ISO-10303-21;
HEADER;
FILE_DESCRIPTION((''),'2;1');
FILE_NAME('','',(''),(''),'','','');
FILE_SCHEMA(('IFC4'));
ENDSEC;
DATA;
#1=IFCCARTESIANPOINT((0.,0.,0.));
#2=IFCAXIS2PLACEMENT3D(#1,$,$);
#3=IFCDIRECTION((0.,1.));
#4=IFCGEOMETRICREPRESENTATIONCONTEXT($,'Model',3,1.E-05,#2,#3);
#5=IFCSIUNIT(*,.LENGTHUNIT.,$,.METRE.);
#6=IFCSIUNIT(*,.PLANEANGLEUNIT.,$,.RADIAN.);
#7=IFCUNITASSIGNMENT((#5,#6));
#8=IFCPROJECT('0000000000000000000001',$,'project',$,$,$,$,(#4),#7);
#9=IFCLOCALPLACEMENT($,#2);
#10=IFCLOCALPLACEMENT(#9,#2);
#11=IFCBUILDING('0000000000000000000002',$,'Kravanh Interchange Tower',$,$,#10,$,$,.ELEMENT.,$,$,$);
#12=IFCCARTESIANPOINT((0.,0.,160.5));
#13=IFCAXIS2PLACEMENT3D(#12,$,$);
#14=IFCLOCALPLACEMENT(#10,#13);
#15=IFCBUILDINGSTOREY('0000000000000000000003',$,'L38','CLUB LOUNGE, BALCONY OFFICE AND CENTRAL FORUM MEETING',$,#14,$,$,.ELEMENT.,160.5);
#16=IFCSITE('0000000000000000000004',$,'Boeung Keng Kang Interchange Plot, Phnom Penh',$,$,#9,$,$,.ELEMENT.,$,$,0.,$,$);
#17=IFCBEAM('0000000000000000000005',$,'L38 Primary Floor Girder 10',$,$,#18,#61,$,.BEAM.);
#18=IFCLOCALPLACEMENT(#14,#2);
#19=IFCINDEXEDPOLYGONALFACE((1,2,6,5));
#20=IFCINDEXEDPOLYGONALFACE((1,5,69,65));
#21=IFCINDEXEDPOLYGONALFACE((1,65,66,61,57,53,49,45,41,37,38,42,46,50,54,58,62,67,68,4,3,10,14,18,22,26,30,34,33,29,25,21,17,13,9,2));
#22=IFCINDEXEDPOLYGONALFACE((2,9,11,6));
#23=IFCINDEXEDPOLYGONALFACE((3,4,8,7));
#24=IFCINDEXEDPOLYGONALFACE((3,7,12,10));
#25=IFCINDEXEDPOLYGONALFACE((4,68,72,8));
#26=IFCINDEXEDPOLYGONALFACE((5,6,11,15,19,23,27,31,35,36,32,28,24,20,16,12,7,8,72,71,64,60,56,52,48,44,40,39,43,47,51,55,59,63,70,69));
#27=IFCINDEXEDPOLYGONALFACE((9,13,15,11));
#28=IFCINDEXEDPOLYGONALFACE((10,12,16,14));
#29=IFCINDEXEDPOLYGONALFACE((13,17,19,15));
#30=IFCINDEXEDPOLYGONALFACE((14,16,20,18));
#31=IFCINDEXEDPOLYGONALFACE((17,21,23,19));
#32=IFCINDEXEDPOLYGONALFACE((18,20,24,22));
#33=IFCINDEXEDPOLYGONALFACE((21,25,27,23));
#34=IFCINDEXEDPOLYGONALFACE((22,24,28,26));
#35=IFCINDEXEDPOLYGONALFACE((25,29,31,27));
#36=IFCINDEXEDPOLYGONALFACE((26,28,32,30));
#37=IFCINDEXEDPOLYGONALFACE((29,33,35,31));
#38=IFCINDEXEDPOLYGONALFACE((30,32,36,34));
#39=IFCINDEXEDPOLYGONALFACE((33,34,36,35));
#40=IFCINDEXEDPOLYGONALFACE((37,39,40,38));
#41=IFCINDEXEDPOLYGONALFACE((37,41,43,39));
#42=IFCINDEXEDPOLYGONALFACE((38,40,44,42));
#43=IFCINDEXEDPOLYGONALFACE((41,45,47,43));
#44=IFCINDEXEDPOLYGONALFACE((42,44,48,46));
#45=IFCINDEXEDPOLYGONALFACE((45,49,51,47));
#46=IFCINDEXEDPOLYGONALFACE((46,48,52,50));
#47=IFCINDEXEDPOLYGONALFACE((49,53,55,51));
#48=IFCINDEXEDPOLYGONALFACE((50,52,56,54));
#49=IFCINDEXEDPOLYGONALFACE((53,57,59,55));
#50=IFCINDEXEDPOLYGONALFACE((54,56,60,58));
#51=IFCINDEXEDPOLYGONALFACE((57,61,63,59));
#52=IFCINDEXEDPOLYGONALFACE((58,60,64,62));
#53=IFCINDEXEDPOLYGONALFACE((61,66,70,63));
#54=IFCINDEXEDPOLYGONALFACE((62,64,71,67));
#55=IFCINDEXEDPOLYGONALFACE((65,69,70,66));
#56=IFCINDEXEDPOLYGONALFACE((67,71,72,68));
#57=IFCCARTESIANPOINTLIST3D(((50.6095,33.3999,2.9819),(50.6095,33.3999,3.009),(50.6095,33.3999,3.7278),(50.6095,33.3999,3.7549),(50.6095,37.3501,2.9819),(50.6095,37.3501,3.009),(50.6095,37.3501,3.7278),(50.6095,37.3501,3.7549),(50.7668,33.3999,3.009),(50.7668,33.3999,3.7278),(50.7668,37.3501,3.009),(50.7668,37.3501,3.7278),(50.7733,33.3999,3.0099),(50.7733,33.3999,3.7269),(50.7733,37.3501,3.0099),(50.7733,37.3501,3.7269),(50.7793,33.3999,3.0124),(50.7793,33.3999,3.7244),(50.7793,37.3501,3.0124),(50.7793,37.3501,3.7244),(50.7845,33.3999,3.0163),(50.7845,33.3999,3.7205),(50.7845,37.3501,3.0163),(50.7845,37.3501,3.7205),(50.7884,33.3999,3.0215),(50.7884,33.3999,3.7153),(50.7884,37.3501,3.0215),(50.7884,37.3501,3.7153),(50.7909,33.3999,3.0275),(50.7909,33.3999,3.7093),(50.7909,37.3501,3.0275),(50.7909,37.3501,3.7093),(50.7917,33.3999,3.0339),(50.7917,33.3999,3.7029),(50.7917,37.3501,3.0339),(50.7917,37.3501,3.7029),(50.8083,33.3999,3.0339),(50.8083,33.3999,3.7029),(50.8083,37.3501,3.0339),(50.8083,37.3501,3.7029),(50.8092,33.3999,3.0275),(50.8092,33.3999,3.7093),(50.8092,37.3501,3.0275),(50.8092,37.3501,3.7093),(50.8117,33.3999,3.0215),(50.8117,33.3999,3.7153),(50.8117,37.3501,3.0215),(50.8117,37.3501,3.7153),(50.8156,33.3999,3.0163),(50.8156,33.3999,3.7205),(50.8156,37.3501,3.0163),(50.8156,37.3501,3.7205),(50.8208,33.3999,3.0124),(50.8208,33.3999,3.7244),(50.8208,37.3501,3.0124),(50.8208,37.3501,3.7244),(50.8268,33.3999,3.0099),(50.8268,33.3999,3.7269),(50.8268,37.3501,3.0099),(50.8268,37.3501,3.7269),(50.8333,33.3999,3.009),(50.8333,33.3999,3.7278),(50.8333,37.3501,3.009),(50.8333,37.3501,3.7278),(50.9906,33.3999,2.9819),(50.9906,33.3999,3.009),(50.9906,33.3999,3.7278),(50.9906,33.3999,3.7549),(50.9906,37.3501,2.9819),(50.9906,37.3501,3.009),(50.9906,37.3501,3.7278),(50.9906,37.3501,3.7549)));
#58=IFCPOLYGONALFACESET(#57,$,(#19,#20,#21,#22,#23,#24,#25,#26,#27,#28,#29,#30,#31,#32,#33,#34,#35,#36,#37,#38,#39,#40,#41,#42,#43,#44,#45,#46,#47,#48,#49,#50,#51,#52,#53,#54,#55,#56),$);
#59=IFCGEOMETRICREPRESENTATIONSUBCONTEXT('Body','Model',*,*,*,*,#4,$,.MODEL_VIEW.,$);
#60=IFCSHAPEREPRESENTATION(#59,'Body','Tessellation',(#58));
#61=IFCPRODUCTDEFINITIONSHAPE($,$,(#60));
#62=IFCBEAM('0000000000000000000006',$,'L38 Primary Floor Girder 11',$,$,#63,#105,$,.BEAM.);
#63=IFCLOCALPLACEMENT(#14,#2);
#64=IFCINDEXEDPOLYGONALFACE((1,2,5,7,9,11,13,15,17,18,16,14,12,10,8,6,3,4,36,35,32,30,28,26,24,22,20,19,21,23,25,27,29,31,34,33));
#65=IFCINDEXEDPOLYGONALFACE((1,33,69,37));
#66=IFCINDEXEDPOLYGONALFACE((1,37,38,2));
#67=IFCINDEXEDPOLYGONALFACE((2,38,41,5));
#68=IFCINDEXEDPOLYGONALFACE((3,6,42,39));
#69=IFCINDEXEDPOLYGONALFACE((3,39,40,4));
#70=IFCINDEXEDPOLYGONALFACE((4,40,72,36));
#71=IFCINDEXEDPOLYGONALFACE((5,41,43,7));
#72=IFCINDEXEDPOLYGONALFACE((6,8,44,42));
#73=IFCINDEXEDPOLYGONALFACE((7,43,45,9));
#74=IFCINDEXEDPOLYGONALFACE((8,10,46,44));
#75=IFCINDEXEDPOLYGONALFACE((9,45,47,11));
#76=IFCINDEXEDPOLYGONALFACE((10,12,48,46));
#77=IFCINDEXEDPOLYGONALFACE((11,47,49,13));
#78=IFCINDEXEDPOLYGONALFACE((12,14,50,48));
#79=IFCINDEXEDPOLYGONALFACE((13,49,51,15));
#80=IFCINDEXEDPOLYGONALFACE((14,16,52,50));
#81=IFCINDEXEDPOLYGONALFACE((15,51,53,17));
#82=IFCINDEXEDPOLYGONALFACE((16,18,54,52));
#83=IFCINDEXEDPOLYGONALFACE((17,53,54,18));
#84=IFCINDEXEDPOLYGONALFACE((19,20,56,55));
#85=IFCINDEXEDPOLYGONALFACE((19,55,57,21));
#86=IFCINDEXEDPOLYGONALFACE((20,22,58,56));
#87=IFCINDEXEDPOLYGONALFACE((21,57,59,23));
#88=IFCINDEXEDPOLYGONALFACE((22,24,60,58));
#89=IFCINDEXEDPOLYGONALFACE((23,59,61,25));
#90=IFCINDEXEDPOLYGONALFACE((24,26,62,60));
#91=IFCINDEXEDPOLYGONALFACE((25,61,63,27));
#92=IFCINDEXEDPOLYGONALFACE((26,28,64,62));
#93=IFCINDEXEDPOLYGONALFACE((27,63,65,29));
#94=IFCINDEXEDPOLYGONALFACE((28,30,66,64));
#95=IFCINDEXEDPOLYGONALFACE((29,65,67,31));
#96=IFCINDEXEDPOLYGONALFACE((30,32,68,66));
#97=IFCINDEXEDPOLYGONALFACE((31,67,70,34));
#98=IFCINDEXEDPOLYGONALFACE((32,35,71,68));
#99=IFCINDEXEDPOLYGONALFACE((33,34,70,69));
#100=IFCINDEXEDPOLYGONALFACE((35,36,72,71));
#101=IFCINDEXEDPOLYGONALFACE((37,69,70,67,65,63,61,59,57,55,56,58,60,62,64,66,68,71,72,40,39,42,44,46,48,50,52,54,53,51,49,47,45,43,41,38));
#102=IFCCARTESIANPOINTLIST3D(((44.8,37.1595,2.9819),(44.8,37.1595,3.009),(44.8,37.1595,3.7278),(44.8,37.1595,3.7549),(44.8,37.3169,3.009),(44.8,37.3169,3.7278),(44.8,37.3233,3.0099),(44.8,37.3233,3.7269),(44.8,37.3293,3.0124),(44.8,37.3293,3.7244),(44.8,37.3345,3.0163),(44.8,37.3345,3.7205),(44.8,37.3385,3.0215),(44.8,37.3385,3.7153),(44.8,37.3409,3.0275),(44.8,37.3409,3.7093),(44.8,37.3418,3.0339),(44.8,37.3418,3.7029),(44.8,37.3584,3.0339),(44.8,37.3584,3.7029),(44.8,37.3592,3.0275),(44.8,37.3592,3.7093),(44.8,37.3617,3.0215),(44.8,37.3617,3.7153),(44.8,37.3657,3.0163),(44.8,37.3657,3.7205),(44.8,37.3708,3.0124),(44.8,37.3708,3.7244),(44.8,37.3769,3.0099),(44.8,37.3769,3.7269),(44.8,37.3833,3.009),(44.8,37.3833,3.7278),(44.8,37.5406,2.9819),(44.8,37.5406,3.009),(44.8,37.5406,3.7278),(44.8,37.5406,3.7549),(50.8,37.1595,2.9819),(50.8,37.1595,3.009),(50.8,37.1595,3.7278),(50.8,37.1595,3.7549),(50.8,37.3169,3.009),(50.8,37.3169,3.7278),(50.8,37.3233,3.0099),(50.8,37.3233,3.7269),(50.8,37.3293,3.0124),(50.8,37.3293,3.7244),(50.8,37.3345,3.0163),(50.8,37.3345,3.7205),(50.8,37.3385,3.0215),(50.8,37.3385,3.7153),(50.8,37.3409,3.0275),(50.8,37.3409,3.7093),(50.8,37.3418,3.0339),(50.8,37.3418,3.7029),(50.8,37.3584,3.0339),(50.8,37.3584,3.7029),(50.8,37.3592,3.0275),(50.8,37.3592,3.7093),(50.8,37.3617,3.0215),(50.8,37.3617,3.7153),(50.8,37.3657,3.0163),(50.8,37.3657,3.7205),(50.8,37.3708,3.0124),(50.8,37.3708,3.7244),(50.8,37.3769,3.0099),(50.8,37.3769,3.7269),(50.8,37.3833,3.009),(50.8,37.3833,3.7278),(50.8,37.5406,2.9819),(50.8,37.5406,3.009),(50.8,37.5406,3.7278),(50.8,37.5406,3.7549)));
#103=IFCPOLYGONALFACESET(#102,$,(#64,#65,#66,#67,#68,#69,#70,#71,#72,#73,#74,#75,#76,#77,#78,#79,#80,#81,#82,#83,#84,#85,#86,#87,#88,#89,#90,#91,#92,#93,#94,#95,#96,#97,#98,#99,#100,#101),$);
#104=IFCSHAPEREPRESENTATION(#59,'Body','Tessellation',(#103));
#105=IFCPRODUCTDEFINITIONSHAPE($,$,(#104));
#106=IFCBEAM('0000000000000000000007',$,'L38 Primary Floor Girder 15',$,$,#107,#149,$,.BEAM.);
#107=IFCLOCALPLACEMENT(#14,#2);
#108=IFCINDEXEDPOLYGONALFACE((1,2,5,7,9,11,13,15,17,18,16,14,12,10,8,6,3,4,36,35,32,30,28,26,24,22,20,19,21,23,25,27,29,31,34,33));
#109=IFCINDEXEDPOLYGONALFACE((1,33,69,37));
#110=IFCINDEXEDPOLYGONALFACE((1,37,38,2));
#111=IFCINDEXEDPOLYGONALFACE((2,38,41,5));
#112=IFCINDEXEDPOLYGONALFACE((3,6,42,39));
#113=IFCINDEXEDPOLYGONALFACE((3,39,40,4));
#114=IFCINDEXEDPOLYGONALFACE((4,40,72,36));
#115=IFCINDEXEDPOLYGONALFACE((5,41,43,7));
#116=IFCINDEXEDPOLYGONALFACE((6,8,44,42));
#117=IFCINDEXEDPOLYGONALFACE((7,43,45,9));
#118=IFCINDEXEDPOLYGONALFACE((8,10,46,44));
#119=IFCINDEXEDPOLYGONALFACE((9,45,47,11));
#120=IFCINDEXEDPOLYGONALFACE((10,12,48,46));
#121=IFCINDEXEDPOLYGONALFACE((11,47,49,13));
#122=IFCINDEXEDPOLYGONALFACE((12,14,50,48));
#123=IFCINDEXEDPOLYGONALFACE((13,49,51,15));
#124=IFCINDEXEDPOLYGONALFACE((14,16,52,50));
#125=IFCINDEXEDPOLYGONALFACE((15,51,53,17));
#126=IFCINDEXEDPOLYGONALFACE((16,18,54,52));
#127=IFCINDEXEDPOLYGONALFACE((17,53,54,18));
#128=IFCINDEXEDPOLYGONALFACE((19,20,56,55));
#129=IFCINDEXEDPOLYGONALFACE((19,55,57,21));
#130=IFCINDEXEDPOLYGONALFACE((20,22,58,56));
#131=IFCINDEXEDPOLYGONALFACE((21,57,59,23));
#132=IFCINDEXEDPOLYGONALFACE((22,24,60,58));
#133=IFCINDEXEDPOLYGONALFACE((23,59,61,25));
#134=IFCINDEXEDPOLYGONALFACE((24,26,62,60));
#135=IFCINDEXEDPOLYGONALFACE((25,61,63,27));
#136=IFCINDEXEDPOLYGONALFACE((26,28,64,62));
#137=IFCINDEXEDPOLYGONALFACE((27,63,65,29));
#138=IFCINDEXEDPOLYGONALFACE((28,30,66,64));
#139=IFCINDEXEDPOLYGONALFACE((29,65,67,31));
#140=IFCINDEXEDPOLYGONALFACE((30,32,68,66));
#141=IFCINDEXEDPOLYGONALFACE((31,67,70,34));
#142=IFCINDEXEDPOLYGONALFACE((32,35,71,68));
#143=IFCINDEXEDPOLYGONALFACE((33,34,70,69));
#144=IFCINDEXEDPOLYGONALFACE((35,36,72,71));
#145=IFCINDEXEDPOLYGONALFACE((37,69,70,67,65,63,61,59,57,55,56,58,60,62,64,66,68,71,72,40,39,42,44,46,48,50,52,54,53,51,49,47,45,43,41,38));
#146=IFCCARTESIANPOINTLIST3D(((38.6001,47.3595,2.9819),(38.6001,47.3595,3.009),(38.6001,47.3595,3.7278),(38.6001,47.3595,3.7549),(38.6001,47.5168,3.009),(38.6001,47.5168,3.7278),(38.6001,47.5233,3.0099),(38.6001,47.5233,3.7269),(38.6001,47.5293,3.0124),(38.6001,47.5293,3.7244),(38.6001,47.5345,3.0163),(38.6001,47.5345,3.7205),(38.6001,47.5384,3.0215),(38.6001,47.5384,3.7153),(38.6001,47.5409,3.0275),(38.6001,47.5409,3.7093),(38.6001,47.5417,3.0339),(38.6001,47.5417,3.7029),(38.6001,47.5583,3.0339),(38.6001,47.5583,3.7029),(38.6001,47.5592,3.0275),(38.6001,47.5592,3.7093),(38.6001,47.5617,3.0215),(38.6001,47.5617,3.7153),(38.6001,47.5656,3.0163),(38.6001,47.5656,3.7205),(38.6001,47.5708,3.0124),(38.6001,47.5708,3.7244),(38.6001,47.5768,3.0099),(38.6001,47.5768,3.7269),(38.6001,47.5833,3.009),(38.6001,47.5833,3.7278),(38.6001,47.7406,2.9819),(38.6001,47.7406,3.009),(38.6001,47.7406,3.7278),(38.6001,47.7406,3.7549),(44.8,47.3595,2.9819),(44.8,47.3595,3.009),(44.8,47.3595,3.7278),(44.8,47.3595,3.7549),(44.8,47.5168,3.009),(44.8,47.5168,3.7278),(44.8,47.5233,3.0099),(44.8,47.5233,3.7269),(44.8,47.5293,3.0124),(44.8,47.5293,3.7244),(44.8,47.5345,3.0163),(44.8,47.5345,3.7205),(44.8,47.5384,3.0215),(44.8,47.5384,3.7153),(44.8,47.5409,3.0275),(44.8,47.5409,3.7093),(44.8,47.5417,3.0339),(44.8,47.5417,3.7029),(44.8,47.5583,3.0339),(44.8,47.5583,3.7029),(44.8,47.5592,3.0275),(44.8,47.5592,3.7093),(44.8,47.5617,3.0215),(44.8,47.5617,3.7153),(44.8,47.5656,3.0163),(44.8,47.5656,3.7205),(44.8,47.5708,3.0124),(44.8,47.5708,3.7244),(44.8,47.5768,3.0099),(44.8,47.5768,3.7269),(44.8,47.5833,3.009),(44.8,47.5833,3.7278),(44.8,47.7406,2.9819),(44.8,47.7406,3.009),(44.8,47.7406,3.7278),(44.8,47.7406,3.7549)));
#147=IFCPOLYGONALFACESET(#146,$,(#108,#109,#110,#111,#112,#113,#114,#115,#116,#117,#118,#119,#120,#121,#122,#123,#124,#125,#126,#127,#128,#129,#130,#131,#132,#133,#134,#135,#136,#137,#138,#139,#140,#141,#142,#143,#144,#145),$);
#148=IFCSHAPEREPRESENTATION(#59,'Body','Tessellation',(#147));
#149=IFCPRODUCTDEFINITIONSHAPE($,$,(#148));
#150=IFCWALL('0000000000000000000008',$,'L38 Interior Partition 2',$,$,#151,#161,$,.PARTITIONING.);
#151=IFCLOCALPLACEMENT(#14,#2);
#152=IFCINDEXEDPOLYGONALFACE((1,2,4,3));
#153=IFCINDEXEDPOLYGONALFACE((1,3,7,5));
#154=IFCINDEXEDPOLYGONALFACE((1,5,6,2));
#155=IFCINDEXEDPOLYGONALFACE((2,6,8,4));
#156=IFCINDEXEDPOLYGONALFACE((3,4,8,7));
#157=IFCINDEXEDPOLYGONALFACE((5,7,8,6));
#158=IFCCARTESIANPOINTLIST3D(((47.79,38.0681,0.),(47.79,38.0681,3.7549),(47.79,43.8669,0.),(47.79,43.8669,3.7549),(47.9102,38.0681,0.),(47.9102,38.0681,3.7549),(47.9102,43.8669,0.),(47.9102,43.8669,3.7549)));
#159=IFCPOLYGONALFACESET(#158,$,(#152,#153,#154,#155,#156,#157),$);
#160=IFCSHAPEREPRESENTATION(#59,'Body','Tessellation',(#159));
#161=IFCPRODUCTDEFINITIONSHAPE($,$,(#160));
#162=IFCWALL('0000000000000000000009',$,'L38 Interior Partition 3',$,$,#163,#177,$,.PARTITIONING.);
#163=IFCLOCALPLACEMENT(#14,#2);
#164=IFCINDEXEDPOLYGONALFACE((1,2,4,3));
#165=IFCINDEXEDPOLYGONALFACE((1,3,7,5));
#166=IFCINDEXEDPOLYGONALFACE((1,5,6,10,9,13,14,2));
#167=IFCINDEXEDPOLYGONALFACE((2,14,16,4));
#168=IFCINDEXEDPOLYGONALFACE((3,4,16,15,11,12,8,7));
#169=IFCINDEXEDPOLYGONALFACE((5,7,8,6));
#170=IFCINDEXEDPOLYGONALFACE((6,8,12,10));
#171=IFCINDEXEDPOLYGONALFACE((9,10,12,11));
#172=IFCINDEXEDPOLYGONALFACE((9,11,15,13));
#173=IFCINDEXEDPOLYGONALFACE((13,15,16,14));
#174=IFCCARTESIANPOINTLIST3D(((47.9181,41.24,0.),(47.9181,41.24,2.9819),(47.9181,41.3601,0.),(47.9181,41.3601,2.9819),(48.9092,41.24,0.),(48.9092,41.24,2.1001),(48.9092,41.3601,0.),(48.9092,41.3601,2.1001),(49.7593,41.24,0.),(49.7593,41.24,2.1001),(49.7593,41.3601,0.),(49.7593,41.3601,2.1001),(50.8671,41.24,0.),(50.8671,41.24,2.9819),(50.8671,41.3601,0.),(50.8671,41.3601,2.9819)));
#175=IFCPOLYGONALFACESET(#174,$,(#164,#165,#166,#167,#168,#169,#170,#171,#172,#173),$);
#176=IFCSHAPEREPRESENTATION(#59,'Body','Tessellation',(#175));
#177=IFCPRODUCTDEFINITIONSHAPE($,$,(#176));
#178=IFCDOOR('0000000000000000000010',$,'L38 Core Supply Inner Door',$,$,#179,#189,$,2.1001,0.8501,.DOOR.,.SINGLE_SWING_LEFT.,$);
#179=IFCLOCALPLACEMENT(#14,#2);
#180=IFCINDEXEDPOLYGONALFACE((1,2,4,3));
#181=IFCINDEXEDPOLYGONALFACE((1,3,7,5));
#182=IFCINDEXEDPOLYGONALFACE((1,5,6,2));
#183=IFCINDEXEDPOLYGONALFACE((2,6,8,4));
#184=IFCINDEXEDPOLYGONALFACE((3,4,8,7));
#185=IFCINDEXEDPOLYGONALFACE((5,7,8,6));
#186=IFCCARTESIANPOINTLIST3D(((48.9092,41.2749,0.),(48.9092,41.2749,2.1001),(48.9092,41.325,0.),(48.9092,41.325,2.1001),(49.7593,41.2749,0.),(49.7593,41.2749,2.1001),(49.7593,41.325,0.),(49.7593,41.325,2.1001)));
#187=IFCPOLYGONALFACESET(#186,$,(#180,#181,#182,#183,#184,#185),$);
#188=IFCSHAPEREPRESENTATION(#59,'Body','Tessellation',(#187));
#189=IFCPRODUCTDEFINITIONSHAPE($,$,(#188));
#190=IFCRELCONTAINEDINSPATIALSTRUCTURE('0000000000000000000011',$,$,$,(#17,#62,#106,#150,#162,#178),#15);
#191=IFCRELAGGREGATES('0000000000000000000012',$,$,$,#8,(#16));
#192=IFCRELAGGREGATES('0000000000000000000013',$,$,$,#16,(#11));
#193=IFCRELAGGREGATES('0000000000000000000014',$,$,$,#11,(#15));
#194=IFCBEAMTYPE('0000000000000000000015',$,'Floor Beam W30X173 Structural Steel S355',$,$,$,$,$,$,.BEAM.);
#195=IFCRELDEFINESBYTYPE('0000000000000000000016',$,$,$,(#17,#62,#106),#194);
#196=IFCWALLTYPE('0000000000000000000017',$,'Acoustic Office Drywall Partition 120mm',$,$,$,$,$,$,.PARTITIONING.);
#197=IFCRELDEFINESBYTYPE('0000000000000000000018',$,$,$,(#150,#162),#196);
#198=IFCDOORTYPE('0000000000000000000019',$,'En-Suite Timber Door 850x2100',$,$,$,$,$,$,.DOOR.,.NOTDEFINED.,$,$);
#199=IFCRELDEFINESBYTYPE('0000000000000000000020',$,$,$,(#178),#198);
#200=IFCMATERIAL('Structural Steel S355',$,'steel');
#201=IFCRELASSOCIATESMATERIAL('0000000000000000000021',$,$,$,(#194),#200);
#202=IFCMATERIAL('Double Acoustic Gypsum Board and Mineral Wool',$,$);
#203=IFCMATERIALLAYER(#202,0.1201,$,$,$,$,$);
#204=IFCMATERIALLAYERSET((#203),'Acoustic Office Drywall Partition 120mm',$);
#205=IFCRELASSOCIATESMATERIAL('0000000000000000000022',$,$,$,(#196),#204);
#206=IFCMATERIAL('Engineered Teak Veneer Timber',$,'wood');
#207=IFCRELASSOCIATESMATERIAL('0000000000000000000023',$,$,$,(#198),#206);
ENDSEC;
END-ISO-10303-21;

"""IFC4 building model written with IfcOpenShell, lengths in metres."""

from ifc_helpers import new_model, si_unit, direction, frame, frame_2d, origin, origin_2d, place, context, subcontext, project, spatial, rectangle, i_section, extrude, material, layer, layer_set, material_profile, profile_set, type_object, element, fill, save


model = new_model("IFC4")

# Units and contexts
model_context = context("Model", 3, precision=1e-05, world=origin(), true_north=direction((0.0, 1.0)))
body_context = subcontext(model_context, "Body", "Model", "MODEL_VIEW")
ifc_project = project(units=[si_unit("LENGTHUNIT", "METRE"), si_unit("PLANEANGLEUNIT", "RADIAN")], contexts=[model_context])

# Site, building, storey
site_placement = place(None, origin())
site = spatial("IfcSite", under=ifc_project, at=site_placement, Name="Boeung Keng Kang Interchange Plot, Phnom Penh", CompositionType="ELEMENT", RefElevation=0.0)
building_placement = place(site_placement, origin())
building = spatial("IfcBuilding", under=site, at=building_placement, Name="Kravanh Interchange Tower", CompositionType="ELEMENT")
storey_placement = place(building_placement, frame((0.0, 0.0, 160.5)))
storey = spatial("IfcBuildingStorey", under=building, at=storey_placement, Name="L38", Description="CLUB LOUNGE, BALCONY OFFICE AND CENTRAL FORUM MEETING", CompositionType="ELEMENT", Elevation=160.5)

# Beams
ifc_material_1 = material(Name="Structural Steel S355", Category="steel")
ifc_material_profile_1 = material_profile(ifc_material_1, i_section(OverallWidth=0.3811, OverallDepth=0.7729, WebThickness=0.0166, FlangeThickness=0.0271, FilletRadius=0.0249, at=origin_2d()), Name="W30X173")
ifc_profile_set_1 = profile_set([ifc_material_profile_1], Name="Structural Steel S355")
beam_type = type_object("IfcBeamType", Name="Floor Beam W30X173 Structural Steel S355", PredefinedType="BEAM", material=ifc_profile_set_1)
beam_1_placement = place(storey_placement, frame((50.8, 37.3501, 3.3684), z_axis=(0.0, -1.0, 0.0), x_axis=(1.0, 0.0, 0.0)))
element("IfcBeam", 1, at=beam_1_placement, inside=storey, type_object=beam_type, Name="L38 Primary Floor Girder 10", PredefinedType="BEAM", context=body_context, shape_type="SweptSolid", body=[
    extrude(i_section(OverallWidth=0.3811, OverallDepth=0.7729, WebThickness=0.0166, FlangeThickness=0.0271, FilletRadius=0.0249, at=origin_2d()), origin(), (0.0, 0.0, 1.0), 3.9502),
])
beam_2_placement = place(storey_placement, frame((50.8, 37.3501, 3.3684), z_axis=(-1.0, 0.0, 0.0), x_axis=(0.0, -1.0, 0.0)))
element("IfcBeam", 2, at=beam_2_placement, inside=storey, type_object=beam_type, Name="L38 Primary Floor Girder 11", PredefinedType="BEAM", context=body_context, shape_type="SweptSolid", body=[
    extrude(i_section(OverallWidth=0.3811, OverallDepth=0.7729, WebThickness=0.0166, FlangeThickness=0.0271, FilletRadius=0.0249, at=origin_2d()), origin(), (0.0, 0.0, 1.0), 6.0),
])
beam_3_placement = place(storey_placement, frame((44.8, 47.55, 3.3684), z_axis=(-1.0, 0.0, 0.0), x_axis=(0.0, -1.0, 0.0)))
element("IfcBeam", 3, at=beam_3_placement, inside=storey, type_object=beam_type, Name="L38 Primary Floor Girder 15", PredefinedType="BEAM", context=body_context, shape_type="SweptSolid", body=[
    extrude(i_section(OverallWidth=0.3811, OverallDepth=0.7729, WebThickness=0.0166, FlangeThickness=0.0271, FilletRadius=0.0249, at=origin_2d()), origin(), (0.0, 0.0, 1.0), 6.2),
])

# Wall
ifc_material_2 = material(Name="Double Acoustic Gypsum Board and Mineral Wool")
ifc_layer_1 = layer(ifc_material_2, 0.1201)
ifc_layer_set_1 = layer_set([ifc_layer_1], Name="Acoustic Office Drywall Partition 120mm")
wall_type_1 = type_object("IfcWallType", Name="Acoustic Office Drywall Partition 120mm", PredefinedType="PARTITIONING", material=ifc_layer_set_1)
wall_1_placement = place(storey_placement, frame((47.8501, 38.0681, 0.0), z_axis=(0.0, 0.0, 1.0), x_axis=(0.0, 1.0, 0.0)))
element("IfcWall", 4, at=wall_1_placement, inside=storey, type_object=wall_type_1, Name="L38 Interior Partition 2", PredefinedType="PARTITIONING", context=body_context, shape_type="SweptSolid", body=[
    extrude(rectangle(XDim=5.7988, YDim=0.1201, at=frame_2d((2.8994, 0.0))), origin(), (0.0, 0.0, 1.0), 3.7549),
])

# Wall, opening, door
wall_2_placement = place(storey_placement, frame((47.918, 41.3, 0.0), z_axis=(0.0, 0.0, 1.0), x_axis=(1.0, 0.0, 0.0)))
wall_2 = element("IfcWall", 5, at=wall_2_placement, inside=storey, type_object=wall_type_1, Name="L38 Interior Partition 3", PredefinedType="PARTITIONING", context=body_context, shape_type="SweptSolid", body=[
    extrude(rectangle(XDim=2.949, YDim=0.1201, at=frame_2d((1.4746, 0.0))), origin(), (0.0, 0.0, 1.0), 2.9819),
])
opening_1_placement = place(wall_2_placement, frame((0.9912, 0.0, 0.0)))
opening_1 = element("IfcOpeningElement", 6, at=opening_1_placement, cuts=wall_2, PredefinedType="OPENING", context=body_context, shape_type="SweptSolid", body=[
    extrude(rectangle(XDim=0.8501, YDim=2.1001, at=frame_2d((0.425, 1.05))), frame((0.0, 0.0701, 0.0), z_axis=(0.0, -1.0, 0.0), x_axis=(1.0, 0.0, 0.0)), (0.0, 0.0, 1.0), 0.1401),
])
ifc_material_3 = material(Name="Engineered Teak Veneer Timber", Category="wood")
door_type_1 = type_object("IfcDoorType", Name="En-Suite Timber Door 850x2100", OperationType="NOTDEFINED", PredefinedType="DOOR", material=ifc_material_3)
door_1_placement = place(opening_1_placement, origin())
door_1 = element("IfcDoor", 7, at=door_1_placement, inside=storey, type_object=door_type_1, Name="L38 Core Supply Inner Door", OperationType="SINGLE_SWING_LEFT", OverallHeight=2.1001, OverallWidth=0.8501, PredefinedType="DOOR", context=body_context, shape_type="SweptSolid", body=[
    extrude(rectangle(XDim=0.8501, YDim=2.1001, at=frame_2d((0.425, 1.05))), frame((0.0, 0.0249, 0.0), z_axis=(0.0, -1.0, 0.0), x_axis=(1.0, 0.0, 0.0)), (0.0, 0.0, 1.0), 0.05),
])
fill(opening_1, door_1)

save(model, "model.ifc")
